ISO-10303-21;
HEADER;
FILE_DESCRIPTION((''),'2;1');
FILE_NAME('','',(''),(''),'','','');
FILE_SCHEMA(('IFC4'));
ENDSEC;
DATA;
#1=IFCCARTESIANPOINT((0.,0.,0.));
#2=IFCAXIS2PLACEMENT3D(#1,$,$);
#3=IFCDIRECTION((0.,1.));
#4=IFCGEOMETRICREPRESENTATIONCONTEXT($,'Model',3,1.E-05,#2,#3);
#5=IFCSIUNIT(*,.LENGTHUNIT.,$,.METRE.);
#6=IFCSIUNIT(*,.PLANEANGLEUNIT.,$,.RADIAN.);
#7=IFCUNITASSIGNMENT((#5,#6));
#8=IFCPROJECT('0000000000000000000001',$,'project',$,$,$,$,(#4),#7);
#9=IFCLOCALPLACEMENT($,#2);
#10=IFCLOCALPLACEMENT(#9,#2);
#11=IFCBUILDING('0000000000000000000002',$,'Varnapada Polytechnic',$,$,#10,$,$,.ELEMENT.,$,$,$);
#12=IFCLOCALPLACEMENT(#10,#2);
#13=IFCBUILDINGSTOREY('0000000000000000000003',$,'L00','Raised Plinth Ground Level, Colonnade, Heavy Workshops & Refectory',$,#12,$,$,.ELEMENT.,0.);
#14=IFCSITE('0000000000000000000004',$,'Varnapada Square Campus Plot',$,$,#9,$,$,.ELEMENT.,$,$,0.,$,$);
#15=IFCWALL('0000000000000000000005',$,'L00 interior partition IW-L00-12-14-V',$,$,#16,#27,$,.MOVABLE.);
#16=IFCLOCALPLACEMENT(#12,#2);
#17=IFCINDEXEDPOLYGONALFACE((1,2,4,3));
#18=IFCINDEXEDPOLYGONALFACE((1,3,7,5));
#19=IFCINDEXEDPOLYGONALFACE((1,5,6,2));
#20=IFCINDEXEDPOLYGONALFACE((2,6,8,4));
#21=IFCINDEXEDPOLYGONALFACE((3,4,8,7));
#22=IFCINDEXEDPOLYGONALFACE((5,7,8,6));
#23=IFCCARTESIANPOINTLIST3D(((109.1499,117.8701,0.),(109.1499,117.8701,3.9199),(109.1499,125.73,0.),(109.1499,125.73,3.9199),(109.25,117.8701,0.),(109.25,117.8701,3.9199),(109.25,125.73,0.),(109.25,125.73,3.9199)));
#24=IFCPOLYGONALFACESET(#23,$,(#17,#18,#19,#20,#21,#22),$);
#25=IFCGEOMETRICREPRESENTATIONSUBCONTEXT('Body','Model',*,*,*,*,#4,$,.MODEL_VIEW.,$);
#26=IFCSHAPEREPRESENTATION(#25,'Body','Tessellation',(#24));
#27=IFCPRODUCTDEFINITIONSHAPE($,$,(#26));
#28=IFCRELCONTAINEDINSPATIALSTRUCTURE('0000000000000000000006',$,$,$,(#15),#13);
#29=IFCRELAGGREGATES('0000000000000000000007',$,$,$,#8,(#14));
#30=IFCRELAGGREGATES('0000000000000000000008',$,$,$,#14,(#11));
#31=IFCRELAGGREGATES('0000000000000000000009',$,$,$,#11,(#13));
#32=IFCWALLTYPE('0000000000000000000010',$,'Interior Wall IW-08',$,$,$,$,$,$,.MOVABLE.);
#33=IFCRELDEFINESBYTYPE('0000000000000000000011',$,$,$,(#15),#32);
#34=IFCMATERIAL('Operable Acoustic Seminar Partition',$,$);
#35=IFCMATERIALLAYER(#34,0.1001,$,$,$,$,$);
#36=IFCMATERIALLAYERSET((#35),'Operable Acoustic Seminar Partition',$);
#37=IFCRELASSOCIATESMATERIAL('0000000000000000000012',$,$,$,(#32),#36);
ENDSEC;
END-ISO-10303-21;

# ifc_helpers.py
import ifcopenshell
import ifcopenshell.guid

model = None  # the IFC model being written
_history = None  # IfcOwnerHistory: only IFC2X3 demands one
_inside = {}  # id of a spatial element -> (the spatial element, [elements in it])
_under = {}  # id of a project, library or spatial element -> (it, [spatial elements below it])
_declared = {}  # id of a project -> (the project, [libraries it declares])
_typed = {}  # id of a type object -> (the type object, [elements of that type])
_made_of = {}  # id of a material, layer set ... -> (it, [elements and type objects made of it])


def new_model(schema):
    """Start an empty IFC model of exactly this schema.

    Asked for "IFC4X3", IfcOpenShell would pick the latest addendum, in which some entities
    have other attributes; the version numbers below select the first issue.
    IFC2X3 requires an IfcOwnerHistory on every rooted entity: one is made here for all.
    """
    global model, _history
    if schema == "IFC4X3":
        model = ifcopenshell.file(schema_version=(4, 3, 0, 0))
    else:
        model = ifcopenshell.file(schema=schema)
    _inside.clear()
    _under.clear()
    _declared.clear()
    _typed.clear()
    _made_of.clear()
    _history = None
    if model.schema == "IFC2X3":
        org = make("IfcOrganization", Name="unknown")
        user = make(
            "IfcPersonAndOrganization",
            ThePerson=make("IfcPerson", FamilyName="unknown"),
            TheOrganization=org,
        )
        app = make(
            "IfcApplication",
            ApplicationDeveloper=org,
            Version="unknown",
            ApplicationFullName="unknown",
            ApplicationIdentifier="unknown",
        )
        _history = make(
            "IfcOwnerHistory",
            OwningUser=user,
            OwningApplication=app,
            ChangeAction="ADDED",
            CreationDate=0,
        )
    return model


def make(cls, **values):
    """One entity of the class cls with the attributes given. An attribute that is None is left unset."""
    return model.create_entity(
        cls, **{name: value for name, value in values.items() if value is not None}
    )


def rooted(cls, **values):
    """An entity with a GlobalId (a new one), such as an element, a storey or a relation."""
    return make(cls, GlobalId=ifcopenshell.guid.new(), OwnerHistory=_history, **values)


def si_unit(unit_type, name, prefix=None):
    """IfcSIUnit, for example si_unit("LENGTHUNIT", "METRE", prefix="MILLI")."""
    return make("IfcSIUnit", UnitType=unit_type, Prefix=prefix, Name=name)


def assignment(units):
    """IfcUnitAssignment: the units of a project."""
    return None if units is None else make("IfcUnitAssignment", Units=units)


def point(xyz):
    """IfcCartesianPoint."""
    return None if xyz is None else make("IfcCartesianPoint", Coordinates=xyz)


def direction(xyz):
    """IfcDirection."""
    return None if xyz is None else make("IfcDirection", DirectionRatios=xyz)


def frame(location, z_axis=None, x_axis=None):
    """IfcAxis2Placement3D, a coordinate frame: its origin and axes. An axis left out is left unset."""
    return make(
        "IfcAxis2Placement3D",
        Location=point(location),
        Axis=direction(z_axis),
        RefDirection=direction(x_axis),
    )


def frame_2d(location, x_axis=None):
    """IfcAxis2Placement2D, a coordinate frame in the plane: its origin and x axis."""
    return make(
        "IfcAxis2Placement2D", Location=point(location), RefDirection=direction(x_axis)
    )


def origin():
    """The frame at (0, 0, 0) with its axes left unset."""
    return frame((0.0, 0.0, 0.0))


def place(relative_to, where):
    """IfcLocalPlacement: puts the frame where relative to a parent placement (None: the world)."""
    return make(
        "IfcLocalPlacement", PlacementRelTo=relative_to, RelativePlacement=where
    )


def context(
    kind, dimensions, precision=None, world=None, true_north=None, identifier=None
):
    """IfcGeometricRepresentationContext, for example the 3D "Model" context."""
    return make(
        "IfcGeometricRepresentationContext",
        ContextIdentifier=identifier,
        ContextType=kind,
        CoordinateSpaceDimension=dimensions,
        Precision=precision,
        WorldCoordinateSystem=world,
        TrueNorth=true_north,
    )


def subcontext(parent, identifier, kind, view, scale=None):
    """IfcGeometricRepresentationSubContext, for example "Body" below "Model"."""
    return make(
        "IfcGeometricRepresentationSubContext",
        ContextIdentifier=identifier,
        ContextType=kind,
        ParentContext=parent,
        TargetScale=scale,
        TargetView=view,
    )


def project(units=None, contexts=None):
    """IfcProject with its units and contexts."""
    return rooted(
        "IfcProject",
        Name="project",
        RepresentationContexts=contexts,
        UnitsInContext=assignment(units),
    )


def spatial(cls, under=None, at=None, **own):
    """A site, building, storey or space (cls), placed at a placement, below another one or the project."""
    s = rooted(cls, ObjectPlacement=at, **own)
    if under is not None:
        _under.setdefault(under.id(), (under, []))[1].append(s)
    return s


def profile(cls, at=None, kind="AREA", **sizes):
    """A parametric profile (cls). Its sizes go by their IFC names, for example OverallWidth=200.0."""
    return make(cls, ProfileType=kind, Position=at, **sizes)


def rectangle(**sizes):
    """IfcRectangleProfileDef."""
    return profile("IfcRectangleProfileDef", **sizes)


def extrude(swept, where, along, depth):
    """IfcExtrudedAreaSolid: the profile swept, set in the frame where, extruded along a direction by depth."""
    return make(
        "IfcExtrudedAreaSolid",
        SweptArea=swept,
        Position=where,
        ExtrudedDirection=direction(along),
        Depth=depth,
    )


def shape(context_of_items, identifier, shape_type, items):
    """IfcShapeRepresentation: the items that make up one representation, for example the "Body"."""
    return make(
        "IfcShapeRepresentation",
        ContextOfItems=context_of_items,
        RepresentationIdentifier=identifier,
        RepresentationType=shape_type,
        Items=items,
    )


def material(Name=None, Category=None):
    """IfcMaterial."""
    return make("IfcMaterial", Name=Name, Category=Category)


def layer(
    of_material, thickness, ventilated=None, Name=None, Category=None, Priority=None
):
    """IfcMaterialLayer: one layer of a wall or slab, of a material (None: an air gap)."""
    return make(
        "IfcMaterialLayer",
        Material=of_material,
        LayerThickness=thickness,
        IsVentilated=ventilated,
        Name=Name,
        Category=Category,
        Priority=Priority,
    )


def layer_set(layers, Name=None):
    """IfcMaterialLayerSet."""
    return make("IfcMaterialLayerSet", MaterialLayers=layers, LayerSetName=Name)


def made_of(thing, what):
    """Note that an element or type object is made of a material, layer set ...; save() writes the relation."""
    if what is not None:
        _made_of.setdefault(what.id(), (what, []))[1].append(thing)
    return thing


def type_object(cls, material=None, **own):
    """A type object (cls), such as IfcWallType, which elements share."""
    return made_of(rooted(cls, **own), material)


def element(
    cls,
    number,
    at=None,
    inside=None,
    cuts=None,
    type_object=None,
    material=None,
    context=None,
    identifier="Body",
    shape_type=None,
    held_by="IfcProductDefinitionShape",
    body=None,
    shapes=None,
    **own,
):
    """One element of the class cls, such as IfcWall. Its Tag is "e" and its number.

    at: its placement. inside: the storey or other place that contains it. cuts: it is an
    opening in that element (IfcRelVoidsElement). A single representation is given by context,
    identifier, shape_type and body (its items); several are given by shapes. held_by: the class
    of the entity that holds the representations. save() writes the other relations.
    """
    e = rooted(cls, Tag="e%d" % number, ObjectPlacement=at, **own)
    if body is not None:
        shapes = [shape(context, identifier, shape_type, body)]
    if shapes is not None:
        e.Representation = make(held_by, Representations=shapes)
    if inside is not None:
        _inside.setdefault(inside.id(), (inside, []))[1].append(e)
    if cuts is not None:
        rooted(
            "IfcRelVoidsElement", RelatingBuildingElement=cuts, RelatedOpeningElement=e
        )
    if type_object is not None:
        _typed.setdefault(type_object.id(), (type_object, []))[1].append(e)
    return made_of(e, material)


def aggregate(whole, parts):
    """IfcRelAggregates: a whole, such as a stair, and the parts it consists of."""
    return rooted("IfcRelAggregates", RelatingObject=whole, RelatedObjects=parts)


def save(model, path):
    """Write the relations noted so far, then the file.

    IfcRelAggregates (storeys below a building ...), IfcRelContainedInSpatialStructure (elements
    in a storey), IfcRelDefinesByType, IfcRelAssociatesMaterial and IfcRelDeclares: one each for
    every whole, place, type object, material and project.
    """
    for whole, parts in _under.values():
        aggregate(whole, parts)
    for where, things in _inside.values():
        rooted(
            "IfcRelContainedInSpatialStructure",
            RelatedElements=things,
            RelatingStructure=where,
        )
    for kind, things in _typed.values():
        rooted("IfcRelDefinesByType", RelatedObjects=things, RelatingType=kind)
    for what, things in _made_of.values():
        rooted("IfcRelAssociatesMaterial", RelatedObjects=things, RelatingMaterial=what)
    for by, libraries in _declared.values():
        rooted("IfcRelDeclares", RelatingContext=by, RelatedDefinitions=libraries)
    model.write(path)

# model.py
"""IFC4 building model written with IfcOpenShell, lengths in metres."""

from ifc_helpers import new_model, si_unit, direction, frame, frame_2d, origin, place, context, subcontext, project, spatial, rectangle, extrude, material, layer, layer_set, type_object, element, save


model = new_model("IFC4")

# Units and contexts
model_context = context("Model", 3, precision=1e-05, world=origin(), true_north=direction((0.0, 1.0)))
body_context = subcontext(model_context, "Body", "Model", "MODEL_VIEW")
ifc_project = project(units=[si_unit("LENGTHUNIT", "METRE"), si_unit("PLANEANGLEUNIT", "RADIAN")], contexts=[model_context])

# Site, building, storey
site_placement = place(None, origin())
site = spatial("IfcSite", under=ifc_project, at=site_placement, Name="Varnapada Square Campus Plot", CompositionType="ELEMENT", RefElevation=0.0)
building_placement = place(site_placement, origin())
building = spatial("IfcBuilding", under=site, at=building_placement, Name="Varnapada Polytechnic", CompositionType="ELEMENT")
storey_placement = place(building_placement, origin())
storey = spatial("IfcBuildingStorey", under=building, at=storey_placement, Name="L00", Description="Raised Plinth Ground Level, Colonnade, Heavy Workshops & Refectory", CompositionType="ELEMENT", Elevation=0.0)

# Wall
ifc_material_1 = material(Name="Operable Acoustic Seminar Partition")
ifc_layer_1 = layer(ifc_material_1, 0.1001)
ifc_layer_set_1 = layer_set([ifc_layer_1], Name="Operable Acoustic Seminar Partition")
wall_type_1 = type_object("IfcWallType", Name="Interior Wall IW-08", PredefinedType="MOVABLE", material=ifc_layer_set_1)
wall_1_placement = place(storey_placement, frame((109.2, 117.8701, 0.0), z_axis=(0.0, 0.0, 1.0), x_axis=(0.0, 1.0, 0.0)))
element("IfcWall", 1, at=wall_1_placement, inside=storey, type_object=wall_type_1, Name="L00 interior partition IW-L00-12-14-V", PredefinedType="MOVABLE", context=body_context, shape_type="SweptSolid", body=[
    extrude(rectangle(XDim=7.8599, YDim=0.1001, at=frame_2d((3.9299, 0.0))), origin(), (0.0, 0.0, 1.0), 3.9199),
])

save(model, "model.ifc")
